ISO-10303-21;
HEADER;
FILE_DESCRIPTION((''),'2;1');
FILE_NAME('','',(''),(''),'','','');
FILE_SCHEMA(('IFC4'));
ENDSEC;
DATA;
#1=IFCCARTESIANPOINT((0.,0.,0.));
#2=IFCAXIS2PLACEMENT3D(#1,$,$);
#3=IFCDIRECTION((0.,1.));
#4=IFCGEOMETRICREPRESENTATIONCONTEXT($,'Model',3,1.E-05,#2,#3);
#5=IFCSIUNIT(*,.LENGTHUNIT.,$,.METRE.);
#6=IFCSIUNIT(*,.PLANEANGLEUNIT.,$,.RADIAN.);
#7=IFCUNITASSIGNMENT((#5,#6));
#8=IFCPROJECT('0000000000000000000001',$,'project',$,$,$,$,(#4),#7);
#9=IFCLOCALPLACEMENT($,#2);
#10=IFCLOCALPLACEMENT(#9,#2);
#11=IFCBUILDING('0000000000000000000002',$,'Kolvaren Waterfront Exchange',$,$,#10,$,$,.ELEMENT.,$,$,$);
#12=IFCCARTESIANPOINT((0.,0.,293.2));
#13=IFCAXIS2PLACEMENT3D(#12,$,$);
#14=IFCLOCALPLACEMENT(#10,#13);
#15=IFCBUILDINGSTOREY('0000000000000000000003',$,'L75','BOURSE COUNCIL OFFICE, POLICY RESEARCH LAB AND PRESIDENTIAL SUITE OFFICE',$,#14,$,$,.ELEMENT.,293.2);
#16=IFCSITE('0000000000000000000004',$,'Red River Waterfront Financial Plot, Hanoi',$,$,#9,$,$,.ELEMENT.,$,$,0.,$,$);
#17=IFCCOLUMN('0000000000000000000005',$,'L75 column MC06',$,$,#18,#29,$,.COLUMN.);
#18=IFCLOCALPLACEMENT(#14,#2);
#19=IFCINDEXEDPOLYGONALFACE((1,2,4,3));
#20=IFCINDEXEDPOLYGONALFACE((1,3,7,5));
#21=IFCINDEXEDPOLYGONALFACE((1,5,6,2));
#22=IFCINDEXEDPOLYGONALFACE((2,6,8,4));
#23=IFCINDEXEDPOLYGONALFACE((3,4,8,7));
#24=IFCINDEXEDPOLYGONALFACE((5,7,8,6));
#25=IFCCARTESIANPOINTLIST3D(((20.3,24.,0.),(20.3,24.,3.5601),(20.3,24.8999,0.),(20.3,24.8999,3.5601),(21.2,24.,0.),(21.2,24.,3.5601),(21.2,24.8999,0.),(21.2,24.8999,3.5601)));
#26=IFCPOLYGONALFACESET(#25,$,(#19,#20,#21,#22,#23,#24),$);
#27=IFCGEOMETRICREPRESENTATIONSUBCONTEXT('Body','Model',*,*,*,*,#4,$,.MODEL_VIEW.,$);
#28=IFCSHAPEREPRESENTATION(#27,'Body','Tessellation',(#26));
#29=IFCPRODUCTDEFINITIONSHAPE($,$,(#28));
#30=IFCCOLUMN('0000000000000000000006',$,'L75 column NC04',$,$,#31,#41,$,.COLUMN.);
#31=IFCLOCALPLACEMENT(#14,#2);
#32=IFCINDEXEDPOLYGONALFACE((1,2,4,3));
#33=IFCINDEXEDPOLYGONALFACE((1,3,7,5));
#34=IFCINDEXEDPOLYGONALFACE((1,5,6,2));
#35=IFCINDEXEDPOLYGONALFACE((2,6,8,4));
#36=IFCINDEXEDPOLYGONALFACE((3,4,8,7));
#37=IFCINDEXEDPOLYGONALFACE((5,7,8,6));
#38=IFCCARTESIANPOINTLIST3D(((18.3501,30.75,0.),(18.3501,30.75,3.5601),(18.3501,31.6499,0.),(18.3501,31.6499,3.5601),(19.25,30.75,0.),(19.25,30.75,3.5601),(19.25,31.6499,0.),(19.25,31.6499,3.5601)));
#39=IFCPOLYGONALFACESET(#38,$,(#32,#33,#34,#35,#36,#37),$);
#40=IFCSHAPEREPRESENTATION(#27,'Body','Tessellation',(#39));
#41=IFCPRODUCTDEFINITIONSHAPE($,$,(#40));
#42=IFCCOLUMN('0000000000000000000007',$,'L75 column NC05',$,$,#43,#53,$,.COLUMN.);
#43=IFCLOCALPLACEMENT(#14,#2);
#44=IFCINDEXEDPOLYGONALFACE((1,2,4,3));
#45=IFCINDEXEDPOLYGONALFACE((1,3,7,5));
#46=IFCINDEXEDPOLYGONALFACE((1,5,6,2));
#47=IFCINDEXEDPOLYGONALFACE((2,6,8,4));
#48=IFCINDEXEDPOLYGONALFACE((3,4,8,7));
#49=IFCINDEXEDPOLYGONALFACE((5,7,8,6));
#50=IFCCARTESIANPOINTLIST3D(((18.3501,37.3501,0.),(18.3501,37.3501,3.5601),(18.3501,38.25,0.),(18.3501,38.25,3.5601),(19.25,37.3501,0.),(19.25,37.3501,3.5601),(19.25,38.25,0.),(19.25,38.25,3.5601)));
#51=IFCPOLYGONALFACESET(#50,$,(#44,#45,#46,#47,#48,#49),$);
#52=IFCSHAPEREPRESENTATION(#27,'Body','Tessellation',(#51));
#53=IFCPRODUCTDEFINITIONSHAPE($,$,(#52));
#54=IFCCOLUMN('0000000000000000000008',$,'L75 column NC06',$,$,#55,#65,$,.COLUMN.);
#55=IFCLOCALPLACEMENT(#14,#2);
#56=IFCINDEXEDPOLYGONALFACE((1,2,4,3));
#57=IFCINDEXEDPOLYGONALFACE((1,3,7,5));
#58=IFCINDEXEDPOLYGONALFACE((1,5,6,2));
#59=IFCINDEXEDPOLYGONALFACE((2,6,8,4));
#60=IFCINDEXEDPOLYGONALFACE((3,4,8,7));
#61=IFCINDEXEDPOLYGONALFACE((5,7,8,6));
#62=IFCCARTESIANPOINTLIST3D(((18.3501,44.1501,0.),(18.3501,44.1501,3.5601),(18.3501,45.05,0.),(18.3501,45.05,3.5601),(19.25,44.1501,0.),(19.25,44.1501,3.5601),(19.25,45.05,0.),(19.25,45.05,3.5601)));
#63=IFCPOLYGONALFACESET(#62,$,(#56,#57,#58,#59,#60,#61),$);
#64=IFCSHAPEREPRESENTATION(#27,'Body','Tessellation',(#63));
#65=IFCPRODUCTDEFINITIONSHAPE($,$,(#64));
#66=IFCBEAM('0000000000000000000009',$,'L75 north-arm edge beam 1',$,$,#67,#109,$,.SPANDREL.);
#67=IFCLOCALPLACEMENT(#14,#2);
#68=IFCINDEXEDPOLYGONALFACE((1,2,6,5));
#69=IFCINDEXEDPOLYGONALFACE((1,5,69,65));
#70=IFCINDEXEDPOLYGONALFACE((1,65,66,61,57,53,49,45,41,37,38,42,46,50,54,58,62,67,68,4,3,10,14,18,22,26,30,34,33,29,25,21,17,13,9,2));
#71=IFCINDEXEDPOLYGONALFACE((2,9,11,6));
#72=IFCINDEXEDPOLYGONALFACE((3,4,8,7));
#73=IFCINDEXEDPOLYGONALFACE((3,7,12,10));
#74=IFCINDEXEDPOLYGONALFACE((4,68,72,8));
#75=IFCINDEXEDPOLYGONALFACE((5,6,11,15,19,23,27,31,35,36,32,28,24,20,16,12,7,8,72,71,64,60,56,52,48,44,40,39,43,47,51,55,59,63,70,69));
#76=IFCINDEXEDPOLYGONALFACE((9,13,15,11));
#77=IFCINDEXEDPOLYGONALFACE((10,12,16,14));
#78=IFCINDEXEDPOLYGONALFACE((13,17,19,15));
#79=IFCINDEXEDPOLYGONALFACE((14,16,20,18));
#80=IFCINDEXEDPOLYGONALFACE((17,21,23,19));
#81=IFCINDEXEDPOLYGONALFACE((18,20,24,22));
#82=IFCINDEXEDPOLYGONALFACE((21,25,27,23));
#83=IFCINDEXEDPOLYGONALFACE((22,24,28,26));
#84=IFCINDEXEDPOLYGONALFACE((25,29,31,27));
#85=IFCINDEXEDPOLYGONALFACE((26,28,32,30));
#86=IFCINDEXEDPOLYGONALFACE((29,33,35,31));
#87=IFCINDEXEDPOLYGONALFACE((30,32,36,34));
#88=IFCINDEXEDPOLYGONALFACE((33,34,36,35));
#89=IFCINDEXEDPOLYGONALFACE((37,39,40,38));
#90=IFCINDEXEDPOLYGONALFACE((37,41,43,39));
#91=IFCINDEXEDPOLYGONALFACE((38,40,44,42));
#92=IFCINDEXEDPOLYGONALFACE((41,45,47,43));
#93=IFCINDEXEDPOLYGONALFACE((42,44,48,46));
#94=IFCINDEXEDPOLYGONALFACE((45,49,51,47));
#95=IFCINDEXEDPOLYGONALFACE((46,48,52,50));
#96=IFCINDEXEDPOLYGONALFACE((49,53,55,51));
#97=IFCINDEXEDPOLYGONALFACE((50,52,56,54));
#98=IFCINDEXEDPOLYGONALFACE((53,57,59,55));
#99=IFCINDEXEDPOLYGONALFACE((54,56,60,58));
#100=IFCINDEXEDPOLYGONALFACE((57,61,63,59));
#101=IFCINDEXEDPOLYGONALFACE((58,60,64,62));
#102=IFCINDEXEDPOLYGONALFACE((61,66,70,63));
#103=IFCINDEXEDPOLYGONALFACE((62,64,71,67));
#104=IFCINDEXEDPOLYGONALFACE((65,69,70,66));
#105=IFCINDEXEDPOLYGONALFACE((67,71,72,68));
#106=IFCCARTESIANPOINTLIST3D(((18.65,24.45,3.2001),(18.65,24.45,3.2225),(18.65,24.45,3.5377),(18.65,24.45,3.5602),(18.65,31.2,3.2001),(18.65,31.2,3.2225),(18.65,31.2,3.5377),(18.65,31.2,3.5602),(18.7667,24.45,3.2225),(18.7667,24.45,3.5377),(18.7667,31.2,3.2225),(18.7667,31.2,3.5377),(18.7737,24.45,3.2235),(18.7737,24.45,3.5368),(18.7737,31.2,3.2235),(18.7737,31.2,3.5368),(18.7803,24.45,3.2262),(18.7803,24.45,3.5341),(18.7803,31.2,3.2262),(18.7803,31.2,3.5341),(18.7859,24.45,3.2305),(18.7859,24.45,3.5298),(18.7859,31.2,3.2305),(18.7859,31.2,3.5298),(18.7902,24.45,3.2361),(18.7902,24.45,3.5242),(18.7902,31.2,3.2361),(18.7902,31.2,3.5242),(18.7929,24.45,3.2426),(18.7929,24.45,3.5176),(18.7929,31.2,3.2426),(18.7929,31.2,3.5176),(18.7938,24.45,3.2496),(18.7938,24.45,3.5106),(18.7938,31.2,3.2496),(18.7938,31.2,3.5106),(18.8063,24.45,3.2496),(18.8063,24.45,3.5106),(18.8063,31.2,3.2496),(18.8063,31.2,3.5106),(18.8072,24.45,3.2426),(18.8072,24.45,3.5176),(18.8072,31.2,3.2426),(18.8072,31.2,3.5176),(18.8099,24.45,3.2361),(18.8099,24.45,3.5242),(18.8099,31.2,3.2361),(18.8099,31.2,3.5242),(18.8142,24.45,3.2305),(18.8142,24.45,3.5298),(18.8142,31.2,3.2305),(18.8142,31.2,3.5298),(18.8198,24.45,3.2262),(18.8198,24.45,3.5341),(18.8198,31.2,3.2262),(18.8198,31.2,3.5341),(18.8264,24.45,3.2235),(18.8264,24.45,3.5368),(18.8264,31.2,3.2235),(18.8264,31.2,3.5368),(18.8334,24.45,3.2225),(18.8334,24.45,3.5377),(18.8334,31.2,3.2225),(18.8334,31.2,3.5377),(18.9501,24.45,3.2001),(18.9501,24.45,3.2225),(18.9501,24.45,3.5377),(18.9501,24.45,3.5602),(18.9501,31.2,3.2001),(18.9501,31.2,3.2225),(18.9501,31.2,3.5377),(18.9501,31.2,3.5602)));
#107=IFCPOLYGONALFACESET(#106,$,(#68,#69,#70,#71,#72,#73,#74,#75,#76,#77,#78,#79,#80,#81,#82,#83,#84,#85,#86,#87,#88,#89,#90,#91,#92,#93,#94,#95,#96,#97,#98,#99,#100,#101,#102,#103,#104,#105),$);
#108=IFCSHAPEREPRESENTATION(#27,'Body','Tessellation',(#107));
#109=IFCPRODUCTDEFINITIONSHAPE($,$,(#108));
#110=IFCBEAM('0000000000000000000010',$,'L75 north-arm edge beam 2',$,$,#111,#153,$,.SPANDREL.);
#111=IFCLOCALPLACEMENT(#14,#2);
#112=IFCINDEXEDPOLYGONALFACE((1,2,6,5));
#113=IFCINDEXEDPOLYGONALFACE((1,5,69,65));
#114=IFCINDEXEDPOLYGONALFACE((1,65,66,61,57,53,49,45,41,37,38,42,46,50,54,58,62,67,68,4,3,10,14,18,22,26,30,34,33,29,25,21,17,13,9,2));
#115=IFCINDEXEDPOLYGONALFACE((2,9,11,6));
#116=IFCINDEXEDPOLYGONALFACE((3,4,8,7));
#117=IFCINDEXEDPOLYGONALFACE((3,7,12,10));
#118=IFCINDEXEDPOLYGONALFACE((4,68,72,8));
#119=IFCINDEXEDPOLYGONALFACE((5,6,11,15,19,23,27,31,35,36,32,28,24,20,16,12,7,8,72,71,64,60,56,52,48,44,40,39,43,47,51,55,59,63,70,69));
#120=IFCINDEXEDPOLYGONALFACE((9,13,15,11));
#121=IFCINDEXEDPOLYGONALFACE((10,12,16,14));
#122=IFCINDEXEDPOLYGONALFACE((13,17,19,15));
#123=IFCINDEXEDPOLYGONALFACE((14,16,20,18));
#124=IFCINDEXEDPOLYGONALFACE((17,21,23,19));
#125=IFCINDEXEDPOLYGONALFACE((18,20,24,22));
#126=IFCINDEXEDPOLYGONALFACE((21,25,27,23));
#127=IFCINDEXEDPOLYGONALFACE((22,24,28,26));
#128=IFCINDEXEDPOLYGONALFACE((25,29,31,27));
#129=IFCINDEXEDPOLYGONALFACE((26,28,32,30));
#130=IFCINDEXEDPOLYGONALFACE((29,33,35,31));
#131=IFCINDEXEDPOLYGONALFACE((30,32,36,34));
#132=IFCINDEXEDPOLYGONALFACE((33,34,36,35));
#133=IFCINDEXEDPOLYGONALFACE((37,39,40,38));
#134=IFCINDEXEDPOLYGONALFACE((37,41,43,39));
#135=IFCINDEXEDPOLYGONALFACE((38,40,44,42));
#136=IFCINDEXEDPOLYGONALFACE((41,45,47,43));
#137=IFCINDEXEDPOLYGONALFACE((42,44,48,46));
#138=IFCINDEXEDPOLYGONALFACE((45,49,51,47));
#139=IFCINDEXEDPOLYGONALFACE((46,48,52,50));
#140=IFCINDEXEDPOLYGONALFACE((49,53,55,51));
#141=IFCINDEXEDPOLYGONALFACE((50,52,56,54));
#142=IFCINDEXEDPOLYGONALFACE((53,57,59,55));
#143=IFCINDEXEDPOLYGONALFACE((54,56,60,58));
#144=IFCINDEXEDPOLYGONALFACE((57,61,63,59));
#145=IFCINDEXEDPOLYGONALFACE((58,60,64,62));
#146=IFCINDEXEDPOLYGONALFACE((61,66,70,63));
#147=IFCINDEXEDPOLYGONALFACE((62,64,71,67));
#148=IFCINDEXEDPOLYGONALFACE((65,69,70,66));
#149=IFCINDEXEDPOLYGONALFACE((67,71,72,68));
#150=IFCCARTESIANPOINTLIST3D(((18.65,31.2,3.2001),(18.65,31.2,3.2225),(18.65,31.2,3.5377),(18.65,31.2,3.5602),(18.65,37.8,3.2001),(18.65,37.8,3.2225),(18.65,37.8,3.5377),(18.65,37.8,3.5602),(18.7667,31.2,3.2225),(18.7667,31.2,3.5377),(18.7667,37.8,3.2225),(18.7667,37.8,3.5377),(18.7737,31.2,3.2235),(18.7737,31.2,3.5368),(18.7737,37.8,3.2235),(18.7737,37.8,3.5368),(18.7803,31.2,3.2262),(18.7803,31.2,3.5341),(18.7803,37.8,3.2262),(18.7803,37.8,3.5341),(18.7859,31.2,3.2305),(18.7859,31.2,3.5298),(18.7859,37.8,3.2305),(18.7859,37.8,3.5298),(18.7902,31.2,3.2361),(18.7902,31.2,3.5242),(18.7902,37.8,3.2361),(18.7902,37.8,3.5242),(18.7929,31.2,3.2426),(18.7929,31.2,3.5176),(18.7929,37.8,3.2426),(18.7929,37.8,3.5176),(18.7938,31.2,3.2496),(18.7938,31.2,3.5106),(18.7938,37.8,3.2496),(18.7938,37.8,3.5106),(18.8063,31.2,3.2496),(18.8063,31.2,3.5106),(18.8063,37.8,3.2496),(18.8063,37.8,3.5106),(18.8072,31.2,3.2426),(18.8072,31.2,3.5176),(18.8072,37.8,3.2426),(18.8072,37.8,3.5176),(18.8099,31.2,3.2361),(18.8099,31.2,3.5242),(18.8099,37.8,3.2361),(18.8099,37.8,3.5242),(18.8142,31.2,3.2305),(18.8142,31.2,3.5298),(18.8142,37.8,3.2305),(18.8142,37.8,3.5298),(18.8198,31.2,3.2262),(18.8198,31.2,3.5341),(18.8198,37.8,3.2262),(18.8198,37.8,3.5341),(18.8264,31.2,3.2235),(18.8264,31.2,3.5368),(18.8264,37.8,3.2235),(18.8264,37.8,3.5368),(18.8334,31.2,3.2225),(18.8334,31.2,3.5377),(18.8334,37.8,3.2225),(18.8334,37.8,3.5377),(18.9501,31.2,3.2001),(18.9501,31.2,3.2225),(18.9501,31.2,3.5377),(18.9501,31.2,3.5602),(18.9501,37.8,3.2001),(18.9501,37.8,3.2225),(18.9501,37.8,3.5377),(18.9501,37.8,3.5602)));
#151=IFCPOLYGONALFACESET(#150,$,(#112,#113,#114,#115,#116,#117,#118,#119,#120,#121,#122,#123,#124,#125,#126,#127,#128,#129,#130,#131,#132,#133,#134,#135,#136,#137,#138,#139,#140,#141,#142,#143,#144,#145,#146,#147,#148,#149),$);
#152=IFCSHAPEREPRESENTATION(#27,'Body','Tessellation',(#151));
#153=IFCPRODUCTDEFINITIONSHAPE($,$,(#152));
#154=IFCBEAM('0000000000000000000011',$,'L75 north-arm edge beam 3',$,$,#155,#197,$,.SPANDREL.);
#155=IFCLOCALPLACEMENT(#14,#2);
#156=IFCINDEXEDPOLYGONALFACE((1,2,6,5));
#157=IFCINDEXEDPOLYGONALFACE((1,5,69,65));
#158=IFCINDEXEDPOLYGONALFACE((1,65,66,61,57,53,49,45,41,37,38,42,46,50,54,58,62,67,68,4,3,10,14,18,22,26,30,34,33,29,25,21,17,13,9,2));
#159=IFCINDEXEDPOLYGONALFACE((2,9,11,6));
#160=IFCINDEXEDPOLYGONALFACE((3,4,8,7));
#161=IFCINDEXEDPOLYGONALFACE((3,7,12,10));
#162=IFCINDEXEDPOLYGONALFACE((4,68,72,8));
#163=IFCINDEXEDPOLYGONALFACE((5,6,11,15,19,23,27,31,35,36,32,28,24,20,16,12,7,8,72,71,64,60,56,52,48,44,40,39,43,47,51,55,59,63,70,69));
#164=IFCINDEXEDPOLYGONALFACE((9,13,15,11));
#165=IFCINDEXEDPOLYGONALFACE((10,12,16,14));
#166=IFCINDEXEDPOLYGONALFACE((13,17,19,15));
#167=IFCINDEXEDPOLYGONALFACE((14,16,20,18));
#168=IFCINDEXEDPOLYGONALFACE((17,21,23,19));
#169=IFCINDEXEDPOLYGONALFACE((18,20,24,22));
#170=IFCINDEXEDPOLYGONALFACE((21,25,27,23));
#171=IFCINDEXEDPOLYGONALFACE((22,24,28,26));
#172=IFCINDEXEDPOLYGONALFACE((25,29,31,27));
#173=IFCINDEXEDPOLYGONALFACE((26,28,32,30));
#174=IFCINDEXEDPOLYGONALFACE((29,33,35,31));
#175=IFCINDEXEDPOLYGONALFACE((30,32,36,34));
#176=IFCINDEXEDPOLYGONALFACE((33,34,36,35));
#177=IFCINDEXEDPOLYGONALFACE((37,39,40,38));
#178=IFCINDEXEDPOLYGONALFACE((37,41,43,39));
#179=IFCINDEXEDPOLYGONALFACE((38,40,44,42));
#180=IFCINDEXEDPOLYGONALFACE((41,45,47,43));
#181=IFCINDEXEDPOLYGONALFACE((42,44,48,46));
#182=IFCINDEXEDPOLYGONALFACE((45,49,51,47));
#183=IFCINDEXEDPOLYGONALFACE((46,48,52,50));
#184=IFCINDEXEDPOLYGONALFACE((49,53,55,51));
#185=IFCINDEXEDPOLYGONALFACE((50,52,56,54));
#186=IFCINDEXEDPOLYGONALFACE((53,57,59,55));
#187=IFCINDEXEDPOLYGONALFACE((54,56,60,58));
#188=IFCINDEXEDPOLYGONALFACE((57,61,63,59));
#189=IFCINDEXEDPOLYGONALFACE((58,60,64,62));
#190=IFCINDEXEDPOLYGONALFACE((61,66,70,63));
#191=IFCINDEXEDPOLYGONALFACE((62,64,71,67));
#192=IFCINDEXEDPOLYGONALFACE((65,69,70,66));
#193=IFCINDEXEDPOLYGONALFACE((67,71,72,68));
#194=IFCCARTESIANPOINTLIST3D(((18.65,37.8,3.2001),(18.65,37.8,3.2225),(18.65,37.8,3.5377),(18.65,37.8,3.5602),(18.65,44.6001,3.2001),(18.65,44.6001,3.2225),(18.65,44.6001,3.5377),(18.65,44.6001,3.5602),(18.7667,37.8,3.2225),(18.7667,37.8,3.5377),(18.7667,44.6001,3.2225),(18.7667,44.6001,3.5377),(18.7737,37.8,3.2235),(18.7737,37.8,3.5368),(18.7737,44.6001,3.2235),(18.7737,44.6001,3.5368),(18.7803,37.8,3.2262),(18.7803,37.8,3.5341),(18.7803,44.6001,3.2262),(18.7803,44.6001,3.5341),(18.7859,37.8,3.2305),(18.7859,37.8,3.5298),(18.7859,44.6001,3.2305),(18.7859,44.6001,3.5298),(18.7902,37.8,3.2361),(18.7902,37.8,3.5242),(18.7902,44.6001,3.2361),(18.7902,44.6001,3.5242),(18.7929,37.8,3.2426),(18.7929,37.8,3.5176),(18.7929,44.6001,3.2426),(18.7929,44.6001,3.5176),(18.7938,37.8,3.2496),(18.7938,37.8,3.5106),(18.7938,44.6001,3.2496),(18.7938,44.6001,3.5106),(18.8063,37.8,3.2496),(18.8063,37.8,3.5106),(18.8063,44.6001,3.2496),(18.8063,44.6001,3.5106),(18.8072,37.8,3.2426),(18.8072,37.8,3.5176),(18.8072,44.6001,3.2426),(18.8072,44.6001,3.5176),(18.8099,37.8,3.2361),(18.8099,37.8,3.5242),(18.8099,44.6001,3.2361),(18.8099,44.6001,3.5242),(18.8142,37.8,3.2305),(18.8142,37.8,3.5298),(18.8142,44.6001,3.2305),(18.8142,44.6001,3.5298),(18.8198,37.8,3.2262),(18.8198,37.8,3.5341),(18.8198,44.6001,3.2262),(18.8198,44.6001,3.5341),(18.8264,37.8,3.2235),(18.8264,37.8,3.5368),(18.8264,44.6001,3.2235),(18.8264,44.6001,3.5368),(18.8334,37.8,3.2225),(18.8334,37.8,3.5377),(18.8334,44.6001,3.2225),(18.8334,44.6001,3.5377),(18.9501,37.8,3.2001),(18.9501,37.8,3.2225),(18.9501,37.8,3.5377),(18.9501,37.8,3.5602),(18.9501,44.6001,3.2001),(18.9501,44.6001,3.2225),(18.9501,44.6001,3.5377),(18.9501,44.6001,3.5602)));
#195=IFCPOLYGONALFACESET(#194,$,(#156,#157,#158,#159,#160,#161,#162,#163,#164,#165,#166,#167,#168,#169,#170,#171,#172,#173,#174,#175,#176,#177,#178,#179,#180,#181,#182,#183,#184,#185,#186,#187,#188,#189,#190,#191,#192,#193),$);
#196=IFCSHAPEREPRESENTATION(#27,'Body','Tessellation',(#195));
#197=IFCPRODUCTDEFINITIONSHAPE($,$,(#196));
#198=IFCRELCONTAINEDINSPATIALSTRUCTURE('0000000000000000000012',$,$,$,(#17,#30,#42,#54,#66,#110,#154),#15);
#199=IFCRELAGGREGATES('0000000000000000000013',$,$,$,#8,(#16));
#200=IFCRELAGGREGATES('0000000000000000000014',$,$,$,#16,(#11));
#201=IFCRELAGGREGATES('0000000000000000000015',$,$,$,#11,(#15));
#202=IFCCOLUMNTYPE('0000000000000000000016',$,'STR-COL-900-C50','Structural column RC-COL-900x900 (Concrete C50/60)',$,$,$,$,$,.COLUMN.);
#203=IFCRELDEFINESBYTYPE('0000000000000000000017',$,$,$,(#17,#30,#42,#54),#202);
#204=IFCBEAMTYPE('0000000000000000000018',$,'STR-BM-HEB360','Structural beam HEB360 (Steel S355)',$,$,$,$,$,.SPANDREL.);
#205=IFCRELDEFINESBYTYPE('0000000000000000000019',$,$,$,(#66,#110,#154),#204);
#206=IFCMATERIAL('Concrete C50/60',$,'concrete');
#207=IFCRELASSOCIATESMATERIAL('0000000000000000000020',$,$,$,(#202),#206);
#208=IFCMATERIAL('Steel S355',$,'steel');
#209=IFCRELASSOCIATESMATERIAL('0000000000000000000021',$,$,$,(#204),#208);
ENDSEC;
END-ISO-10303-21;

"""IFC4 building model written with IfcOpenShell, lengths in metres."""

from ifc_helpers import new_model, si_unit, direction, frame, origin, origin_2d, place, context, subcontext, project, spatial, rectangle, i_section, extrude, material, material_profile, profile_set, type_object, element, save


model = new_model("IFC4")

# Units and contexts
model_context = context("Model", 3, precision=1e-05, world=origin(), true_north=direction((0.0, 1.0)))
body_context = subcontext(model_context, "Body", "Model", "MODEL_VIEW")
ifc_project = project(units=[si_unit("LENGTHUNIT", "METRE"), si_unit("PLANEANGLEUNIT", "RADIAN")], contexts=[model_context])

# Site, building, storey
site_placement = place(None, origin())
site = spatial("IfcSite", under=ifc_project, at=site_placement, Name="Red River Waterfront Financial Plot, Hanoi", CompositionType="ELEMENT", RefElevation=0.0)
building_placement = place(site_placement, origin())
building = spatial("IfcBuilding", under=site, at=building_placement, Name="Kolvaren Waterfront Exchange", CompositionType="ELEMENT")
storey_placement = place(building_placement, frame((0.0, 0.0, 293.2)))
storey = spatial("IfcBuildingStorey", under=building, at=storey_placement, Name="L75", Description="BOURSE COUNCIL OFFICE, POLICY RESEARCH LAB AND PRESIDENTIAL SUITE OFFICE", CompositionType="ELEMENT", Elevation=293.2)

# Columns
ifc_material_1 = material(Name="Concrete C50/60", Category="concrete")
ifc_material_profile_1 = material_profile(ifc_material_1, rectangle(XDim=0.8999, YDim=0.8999, at=origin_2d()), Name="RC-COL-900x900")
ifc_profile_set_1 = profile_set([ifc_material_profile_1], Name="Concrete C50/60")
column_type = type_object("IfcColumnType", Name="STR-COL-900-C50", Description="Structural column RC-COL-900x900 (Concrete C50/60)", PredefinedType="COLUMN", material=ifc_profile_set_1)
for number, where, z_axis, x_axis, name in (
    (1, (20.75, 24.45, 0.0), (0.0, 0.0, 1.0), (1.0, 0.0, 0.0), "L75 column MC06"),
    (2, (18.8, 31.2, 0.0), (0.0, 0.0, 1.0), (1.0, 0.0, 0.0), "L75 column NC04"),
    (3, (18.8, 37.8, 0.0), (0.0, 0.0, 1.0), (1.0, 0.0, 0.0), "L75 column NC05"),
    (4, (18.8, 44.6001, 0.0), (0.0, 0.0, 1.0), (1.0, 0.0, 0.0), "L75 column NC06"),
):
    element("IfcColumn", number, at=place(storey_placement, frame(where, z_axis=z_axis, x_axis=x_axis)), inside=storey, type_object=column_type, Name=name, PredefinedType="COLUMN", context=body_context, shape_type="SweptSolid", body=[
        extrude(rectangle(XDim=0.8999, YDim=0.8999, at=origin_2d()), origin(), (0.0, 0.0, 1.0), 3.5601),
    ])

# Beams
ifc_material_2 = material(Name="Steel S355", Category="steel")
ifc_material_profile_2 = material_profile(ifc_material_2, i_section(OverallWidth=0.3, OverallDepth=0.3601, WebThickness=0.0125, FlangeThickness=0.0225, FilletRadius=0.0271, at=origin_2d()), Name="HEB360")
ifc_profile_set_2 = profile_set([ifc_material_profile_2], Name="Steel S355")
beam_type = type_object("IfcBeamType", Name="STR-BM-HEB360", Description="Structural beam HEB360 (Steel S355)", PredefinedType="SPANDREL", material=ifc_profile_set_2)
beam_1_placement = place(storey_placement, frame((18.8, 24.45, 3.3801), z_axis=(0.0, 1.0, 0.0), x_axis=(-1.0, 0.0, 0.0)))
element("IfcBeam", 5, at=beam_1_placement, inside=storey, type_object=beam_type, Name="L75 north-arm edge beam 1", PredefinedType="SPANDREL", context=body_context, shape_type="SweptSolid", body=[
    extrude(i_section(OverallWidth=0.3, OverallDepth=0.3601, WebThickness=0.0125, FlangeThickness=0.0225, FilletRadius=0.0271, at=origin_2d()), origin(), (0.0, 0.0, 1.0), 6.75),
])
beam_2_placement = place(storey_placement, frame((18.8, 31.2, 3.3801), z_axis=(0.0, 1.0, 0.0), x_axis=(-1.0, 0.0, 0.0)))
element("IfcBeam", 6, at=beam_2_placement, inside=storey, type_object=beam_type, Name="L75 north-arm edge beam 2", PredefinedType="SPANDREL", context=body_context, shape_type="SweptSolid", body=[
    extrude(i_section(OverallWidth=0.3, OverallDepth=0.3601, WebThickness=0.0125, FlangeThickness=0.0225, FilletRadius=0.0271, at=origin_2d()), origin(), (0.0, 0.0, 1.0), 6.6001),
])
beam_3_placement = place(storey_placement, frame((18.8, 37.8, 3.3801), z_axis=(0.0, 1.0, 0.0), x_axis=(-1.0, 0.0, 0.0)))
element("IfcBeam", 7, at=beam_3_placement, inside=storey, type_object=beam_type, Name="L75 north-arm edge beam 3", PredefinedType="SPANDREL", context=body_context, shape_type="SweptSolid", body=[
    extrude(i_section(OverallWidth=0.3, OverallDepth=0.3601, WebThickness=0.0125, FlangeThickness=0.0225, FilletRadius=0.0271, at=origin_2d()), origin(), (0.0, 0.0, 1.0), 6.8),
])

save(model, "model.ifc")
